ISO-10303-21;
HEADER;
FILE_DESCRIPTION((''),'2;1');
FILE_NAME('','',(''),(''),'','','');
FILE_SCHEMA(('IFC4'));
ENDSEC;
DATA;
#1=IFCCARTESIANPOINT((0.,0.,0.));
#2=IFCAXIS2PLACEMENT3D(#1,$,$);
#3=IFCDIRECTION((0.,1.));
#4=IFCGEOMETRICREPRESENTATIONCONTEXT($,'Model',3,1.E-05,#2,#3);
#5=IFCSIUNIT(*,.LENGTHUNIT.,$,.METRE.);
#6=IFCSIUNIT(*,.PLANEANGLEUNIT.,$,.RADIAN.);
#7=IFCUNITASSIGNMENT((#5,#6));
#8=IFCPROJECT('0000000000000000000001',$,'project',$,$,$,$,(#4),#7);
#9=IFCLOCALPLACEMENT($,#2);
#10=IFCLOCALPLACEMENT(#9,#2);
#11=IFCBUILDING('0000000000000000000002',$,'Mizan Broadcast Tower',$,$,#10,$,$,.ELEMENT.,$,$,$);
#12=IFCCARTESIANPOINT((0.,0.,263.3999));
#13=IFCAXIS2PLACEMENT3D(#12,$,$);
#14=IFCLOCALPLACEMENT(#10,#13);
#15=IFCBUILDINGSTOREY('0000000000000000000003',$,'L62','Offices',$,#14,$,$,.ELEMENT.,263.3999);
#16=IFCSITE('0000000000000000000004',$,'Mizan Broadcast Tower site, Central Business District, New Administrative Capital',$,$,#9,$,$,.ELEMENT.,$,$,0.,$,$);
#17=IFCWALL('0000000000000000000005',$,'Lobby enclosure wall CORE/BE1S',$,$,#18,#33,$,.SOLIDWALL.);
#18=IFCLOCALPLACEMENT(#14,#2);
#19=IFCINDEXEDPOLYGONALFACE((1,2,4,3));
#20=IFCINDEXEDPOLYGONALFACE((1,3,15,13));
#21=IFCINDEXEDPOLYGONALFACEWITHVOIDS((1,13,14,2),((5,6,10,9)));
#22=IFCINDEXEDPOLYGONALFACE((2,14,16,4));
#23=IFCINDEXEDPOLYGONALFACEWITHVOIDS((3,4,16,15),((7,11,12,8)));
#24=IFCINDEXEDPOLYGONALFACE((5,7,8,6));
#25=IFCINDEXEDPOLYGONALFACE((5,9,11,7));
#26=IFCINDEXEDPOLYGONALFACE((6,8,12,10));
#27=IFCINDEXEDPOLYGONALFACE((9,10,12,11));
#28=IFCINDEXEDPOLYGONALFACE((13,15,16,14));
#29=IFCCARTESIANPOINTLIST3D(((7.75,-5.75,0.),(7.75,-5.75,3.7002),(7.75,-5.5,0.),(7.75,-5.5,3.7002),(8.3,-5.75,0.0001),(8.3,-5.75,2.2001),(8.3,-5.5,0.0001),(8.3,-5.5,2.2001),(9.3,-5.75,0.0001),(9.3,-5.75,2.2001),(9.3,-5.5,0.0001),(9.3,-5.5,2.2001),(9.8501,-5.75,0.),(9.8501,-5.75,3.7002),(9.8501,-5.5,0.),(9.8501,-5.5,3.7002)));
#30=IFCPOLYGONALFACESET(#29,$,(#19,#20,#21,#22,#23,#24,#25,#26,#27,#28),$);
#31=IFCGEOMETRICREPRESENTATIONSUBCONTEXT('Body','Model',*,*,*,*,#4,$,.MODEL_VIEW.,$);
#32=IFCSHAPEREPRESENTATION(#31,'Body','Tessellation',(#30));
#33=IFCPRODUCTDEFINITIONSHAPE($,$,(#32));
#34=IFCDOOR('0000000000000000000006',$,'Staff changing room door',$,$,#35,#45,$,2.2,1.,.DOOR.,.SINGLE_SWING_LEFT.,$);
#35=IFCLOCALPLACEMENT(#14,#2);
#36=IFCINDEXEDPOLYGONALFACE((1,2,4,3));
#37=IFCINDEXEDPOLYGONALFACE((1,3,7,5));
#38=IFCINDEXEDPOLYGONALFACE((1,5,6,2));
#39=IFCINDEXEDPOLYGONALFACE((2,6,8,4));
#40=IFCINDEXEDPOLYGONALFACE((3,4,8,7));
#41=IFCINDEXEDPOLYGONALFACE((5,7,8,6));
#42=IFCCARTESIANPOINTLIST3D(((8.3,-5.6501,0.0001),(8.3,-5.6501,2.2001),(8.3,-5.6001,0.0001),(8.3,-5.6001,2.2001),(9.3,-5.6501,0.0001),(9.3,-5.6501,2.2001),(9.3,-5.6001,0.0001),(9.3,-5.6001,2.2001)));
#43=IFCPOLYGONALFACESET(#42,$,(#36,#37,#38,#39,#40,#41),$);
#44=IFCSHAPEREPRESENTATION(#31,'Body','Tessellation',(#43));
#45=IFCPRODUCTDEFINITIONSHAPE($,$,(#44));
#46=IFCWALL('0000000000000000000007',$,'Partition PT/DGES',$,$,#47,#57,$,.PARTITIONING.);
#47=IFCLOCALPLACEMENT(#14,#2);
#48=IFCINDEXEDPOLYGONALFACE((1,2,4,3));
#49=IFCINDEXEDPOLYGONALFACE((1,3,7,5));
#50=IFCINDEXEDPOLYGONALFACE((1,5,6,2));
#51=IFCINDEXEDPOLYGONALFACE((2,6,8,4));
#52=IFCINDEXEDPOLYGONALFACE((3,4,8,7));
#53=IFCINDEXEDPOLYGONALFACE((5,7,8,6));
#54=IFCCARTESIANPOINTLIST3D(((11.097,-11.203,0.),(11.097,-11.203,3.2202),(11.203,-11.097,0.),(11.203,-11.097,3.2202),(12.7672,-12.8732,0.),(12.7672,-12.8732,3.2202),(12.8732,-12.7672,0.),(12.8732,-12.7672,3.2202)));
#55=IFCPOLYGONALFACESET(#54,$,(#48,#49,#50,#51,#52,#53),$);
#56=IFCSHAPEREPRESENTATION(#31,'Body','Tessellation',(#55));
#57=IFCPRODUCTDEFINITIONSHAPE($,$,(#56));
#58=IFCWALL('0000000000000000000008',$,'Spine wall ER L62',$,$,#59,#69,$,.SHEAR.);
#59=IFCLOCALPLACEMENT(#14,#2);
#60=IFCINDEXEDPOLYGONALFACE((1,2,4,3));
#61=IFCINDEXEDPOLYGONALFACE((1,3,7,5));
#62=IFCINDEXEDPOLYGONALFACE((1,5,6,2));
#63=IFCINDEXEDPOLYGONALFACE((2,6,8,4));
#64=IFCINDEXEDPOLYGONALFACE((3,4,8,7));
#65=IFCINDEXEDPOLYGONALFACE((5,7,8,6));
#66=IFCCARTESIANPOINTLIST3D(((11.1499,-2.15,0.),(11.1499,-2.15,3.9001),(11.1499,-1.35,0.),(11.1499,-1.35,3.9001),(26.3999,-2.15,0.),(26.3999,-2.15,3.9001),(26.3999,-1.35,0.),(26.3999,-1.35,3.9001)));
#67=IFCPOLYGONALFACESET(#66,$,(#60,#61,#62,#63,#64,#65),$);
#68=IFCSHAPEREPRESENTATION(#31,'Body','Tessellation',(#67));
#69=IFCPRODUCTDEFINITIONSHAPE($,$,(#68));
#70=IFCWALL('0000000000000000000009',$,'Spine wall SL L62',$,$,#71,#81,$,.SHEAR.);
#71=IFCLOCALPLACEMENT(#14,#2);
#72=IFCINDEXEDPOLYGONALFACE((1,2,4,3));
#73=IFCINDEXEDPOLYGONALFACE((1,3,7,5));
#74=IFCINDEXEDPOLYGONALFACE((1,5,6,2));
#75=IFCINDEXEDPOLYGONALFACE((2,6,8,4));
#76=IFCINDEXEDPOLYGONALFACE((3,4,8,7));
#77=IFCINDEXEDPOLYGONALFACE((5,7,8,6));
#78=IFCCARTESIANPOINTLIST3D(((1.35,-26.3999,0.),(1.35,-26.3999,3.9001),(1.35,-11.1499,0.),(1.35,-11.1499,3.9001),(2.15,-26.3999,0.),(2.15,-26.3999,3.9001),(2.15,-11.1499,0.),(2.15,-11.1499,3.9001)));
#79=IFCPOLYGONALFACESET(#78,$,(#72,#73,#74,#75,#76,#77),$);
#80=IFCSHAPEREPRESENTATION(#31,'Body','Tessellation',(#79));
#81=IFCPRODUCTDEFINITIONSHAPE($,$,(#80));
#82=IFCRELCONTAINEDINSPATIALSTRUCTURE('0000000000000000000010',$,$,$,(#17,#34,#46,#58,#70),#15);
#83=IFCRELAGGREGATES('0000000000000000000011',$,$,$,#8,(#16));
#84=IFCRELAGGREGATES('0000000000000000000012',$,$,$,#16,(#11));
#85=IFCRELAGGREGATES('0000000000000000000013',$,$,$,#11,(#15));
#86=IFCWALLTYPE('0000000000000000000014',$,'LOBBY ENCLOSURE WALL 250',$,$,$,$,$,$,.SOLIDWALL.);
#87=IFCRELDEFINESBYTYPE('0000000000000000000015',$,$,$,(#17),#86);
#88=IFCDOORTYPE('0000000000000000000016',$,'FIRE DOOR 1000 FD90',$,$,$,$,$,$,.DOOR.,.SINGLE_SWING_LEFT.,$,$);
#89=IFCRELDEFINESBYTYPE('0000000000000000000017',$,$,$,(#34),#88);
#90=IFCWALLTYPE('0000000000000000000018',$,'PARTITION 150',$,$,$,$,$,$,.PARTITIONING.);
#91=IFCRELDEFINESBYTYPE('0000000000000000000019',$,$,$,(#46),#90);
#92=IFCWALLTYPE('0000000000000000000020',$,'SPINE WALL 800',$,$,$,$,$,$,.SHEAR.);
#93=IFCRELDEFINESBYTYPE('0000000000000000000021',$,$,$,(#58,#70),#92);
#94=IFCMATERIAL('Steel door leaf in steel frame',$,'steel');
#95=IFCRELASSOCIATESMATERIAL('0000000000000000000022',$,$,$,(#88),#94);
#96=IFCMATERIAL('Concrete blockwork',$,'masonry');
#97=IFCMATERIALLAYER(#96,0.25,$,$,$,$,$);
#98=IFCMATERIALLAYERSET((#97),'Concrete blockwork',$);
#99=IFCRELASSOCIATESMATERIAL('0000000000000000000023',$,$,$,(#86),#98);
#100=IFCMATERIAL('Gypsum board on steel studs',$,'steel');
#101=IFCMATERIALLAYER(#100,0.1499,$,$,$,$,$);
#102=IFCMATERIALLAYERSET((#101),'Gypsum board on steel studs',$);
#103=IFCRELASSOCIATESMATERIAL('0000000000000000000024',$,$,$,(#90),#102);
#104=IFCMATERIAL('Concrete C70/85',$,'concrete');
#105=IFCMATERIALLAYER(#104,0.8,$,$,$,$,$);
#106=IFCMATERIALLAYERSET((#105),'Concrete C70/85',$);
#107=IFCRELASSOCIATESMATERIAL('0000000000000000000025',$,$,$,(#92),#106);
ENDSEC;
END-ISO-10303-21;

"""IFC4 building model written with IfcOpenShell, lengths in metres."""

from ifc_helpers import new_model, si_unit, direction, frame, frame_2d, origin, place, context, subcontext, project, spatial, rectangle, extrude, material, layer, layer_set, type_object, element, fill, save


model = new_model("IFC4")

# Units and contexts
model_context = context("Model", 3, precision=1e-05, world=origin(), true_north=direction((0.0, 1.0)))
body_context = subcontext(model_context, "Body", "Model", "MODEL_VIEW")
ifc_project = project(units=[si_unit("LENGTHUNIT", "METRE"), si_unit("PLANEANGLEUNIT", "RADIAN")], contexts=[model_context])

# Site, building, storey
site_placement = place(None, origin())
site = spatial("IfcSite", under=ifc_project, at=site_placement, Name="Mizan Broadcast Tower site, Central Business District, New Administrative Capital", CompositionType="ELEMENT", RefElevation=0.0)
building_placement = place(site_placement, origin())
building = spatial("IfcBuilding", under=site, at=building_placement, Name="Mizan Broadcast Tower", CompositionType="ELEMENT")
storey_placement = place(building_placement, frame((0.0, 0.0, 263.3999)))
storey = spatial("IfcBuildingStorey", under=building, at=storey_placement, Name="L62", Description="Offices", CompositionType="ELEMENT", Elevation=263.3999)

# Shared definitions
ifc_material_1 = material(Name="Steel door leaf in steel frame", Category="steel")
door_type_1 = type_object("IfcDoorType", Name="FIRE DOOR 1000 FD90", OperationType="SINGLE_SWING_LEFT", PredefinedType="DOOR", material=ifc_material_1)

# Shared definitions
ifc_material_2 = material(Name="Concrete blockwork", Category="masonry")
ifc_layer_1 = layer(ifc_material_2, 0.25)
ifc_layer_set_1 = layer_set([ifc_layer_1], Name="Concrete blockwork")
wall_type_1 = type_object("IfcWallType", Name="LOBBY ENCLOSURE WALL 250", PredefinedType="SOLIDWALL", material=ifc_layer_set_1)

# Wall, opening, door
wall_1_placement = place(storey_placement, frame((7.75, -5.625, 0.0), z_axis=(0.0, 0.0, 1.0), x_axis=(1.0, 0.0, 0.0)))
wall_1 = element("IfcWall", 1, at=wall_1_placement, inside=storey, type_object=wall_type_1, Name="Lobby enclosure wall CORE/BE1S", PredefinedType="SOLIDWALL", context=body_context, shape_type="SweptSolid", body=[
    extrude(rectangle(XDim=2.1001, YDim=0.25, at=frame_2d((1.05, 0.0))), origin(), (0.0, 0.0, 1.0), 3.7002),
])
opening_1_placement = place(wall_1_placement, frame((0.55, 0.0, 0.0)))
opening_1 = element("IfcOpeningElement", 2, at=opening_1_placement, cuts=wall_1, PredefinedType="OPENING", context=body_context, shape_type="SweptSolid", body=[
    extrude(rectangle(XDim=1.0, YDim=2.2, at=frame_2d((0.5, 1.1001))), frame((0.0, 0.135, 0.0), z_axis=(0.0, -1.0, 0.0), x_axis=(1.0, 0.0, 0.0)), (0.0, 0.0, 1.0), 0.27),
])
door_1_placement = place(opening_1_placement, origin())
door_1 = element("IfcDoor", 3, at=door_1_placement, inside=storey, type_object=door_type_1, Name="Staff changing room door", OperationType="SINGLE_SWING_LEFT", OverallHeight=2.2, OverallWidth=1.0, PredefinedType="DOOR", context=body_context, shape_type="SweptSolid", body=[
    extrude(rectangle(XDim=1.0, YDim=2.2, at=frame_2d((0.5, 1.1001))), frame((0.0, 0.0249, 0.0), z_axis=(0.0, -1.0, 0.0), x_axis=(1.0, 0.0, 0.0)), (0.0, 0.0, 1.0), 0.05),
])
fill(opening_1, door_1)

# Walls
ifc_material_3 = material(Name="Gypsum board on steel studs", Category="steel")
ifc_layer_2 = layer(ifc_material_3, 0.1499)
ifc_layer_set_2 = layer_set([ifc_layer_2], Name="Gypsum board on steel studs")
wall_type_2 = type_object("IfcWallType", Name="PARTITION 150", PredefinedType="PARTITIONING", material=ifc_layer_set_2)
wall_2_placement = place(storey_placement, frame((11.1499, -11.1499, 0.0), z_axis=(0.0, 0.0, 1.0), x_axis=(0.707107, -0.707107, 0.0)))
element("IfcWall", 4, at=wall_2_placement, inside=storey, type_object=wall_type_2, Name="Partition PT/DGES", PredefinedType="PARTITIONING", context=body_context, shape_type="SweptSolid", body=[
    extrude(rectangle(XDim=2.3621, YDim=0.1499, at=frame_2d((1.1812, 0.0))), origin(), (0.0, 0.0, 1.0), 3.2202),
])
ifc_material_4 = material(Name="Concrete C70/85", Category="concrete")
ifc_layer_3 = layer(ifc_material_4, 0.8)
ifc_layer_set_3 = layer_set([ifc_layer_3], Name="Concrete C70/85")
wall_type_3 = type_object("IfcWallType", Name="SPINE WALL 800", PredefinedType="SHEAR", material=ifc_layer_set_3)
for number, where, z_axis, x_axis, name in (
    (5, (11.1499, -1.75, 0.0), (0.0, 0.0, 1.0), (1.0, 0.0, 0.0), "Spine wall ER L62"),
    (6, (1.75, -11.1499, 0.0), (0.0, 0.0, 1.0), (0.0, -1.0, 0.0), "Spine wall SL L62"),
):
    element("IfcWall", number, at=place(storey_placement, frame(where, z_axis=z_axis, x_axis=x_axis)), inside=storey, type_object=wall_type_3, Name=name, PredefinedType="SHEAR", context=body_context, shape_type="SweptSolid", body=[
        extrude(rectangle(XDim=15.25, YDim=0.8, at=frame_2d((7.625, 0.0))), origin(), (0.0, 0.0, 1.0), 3.9001),
    ])

save(model, "model.ifc")
